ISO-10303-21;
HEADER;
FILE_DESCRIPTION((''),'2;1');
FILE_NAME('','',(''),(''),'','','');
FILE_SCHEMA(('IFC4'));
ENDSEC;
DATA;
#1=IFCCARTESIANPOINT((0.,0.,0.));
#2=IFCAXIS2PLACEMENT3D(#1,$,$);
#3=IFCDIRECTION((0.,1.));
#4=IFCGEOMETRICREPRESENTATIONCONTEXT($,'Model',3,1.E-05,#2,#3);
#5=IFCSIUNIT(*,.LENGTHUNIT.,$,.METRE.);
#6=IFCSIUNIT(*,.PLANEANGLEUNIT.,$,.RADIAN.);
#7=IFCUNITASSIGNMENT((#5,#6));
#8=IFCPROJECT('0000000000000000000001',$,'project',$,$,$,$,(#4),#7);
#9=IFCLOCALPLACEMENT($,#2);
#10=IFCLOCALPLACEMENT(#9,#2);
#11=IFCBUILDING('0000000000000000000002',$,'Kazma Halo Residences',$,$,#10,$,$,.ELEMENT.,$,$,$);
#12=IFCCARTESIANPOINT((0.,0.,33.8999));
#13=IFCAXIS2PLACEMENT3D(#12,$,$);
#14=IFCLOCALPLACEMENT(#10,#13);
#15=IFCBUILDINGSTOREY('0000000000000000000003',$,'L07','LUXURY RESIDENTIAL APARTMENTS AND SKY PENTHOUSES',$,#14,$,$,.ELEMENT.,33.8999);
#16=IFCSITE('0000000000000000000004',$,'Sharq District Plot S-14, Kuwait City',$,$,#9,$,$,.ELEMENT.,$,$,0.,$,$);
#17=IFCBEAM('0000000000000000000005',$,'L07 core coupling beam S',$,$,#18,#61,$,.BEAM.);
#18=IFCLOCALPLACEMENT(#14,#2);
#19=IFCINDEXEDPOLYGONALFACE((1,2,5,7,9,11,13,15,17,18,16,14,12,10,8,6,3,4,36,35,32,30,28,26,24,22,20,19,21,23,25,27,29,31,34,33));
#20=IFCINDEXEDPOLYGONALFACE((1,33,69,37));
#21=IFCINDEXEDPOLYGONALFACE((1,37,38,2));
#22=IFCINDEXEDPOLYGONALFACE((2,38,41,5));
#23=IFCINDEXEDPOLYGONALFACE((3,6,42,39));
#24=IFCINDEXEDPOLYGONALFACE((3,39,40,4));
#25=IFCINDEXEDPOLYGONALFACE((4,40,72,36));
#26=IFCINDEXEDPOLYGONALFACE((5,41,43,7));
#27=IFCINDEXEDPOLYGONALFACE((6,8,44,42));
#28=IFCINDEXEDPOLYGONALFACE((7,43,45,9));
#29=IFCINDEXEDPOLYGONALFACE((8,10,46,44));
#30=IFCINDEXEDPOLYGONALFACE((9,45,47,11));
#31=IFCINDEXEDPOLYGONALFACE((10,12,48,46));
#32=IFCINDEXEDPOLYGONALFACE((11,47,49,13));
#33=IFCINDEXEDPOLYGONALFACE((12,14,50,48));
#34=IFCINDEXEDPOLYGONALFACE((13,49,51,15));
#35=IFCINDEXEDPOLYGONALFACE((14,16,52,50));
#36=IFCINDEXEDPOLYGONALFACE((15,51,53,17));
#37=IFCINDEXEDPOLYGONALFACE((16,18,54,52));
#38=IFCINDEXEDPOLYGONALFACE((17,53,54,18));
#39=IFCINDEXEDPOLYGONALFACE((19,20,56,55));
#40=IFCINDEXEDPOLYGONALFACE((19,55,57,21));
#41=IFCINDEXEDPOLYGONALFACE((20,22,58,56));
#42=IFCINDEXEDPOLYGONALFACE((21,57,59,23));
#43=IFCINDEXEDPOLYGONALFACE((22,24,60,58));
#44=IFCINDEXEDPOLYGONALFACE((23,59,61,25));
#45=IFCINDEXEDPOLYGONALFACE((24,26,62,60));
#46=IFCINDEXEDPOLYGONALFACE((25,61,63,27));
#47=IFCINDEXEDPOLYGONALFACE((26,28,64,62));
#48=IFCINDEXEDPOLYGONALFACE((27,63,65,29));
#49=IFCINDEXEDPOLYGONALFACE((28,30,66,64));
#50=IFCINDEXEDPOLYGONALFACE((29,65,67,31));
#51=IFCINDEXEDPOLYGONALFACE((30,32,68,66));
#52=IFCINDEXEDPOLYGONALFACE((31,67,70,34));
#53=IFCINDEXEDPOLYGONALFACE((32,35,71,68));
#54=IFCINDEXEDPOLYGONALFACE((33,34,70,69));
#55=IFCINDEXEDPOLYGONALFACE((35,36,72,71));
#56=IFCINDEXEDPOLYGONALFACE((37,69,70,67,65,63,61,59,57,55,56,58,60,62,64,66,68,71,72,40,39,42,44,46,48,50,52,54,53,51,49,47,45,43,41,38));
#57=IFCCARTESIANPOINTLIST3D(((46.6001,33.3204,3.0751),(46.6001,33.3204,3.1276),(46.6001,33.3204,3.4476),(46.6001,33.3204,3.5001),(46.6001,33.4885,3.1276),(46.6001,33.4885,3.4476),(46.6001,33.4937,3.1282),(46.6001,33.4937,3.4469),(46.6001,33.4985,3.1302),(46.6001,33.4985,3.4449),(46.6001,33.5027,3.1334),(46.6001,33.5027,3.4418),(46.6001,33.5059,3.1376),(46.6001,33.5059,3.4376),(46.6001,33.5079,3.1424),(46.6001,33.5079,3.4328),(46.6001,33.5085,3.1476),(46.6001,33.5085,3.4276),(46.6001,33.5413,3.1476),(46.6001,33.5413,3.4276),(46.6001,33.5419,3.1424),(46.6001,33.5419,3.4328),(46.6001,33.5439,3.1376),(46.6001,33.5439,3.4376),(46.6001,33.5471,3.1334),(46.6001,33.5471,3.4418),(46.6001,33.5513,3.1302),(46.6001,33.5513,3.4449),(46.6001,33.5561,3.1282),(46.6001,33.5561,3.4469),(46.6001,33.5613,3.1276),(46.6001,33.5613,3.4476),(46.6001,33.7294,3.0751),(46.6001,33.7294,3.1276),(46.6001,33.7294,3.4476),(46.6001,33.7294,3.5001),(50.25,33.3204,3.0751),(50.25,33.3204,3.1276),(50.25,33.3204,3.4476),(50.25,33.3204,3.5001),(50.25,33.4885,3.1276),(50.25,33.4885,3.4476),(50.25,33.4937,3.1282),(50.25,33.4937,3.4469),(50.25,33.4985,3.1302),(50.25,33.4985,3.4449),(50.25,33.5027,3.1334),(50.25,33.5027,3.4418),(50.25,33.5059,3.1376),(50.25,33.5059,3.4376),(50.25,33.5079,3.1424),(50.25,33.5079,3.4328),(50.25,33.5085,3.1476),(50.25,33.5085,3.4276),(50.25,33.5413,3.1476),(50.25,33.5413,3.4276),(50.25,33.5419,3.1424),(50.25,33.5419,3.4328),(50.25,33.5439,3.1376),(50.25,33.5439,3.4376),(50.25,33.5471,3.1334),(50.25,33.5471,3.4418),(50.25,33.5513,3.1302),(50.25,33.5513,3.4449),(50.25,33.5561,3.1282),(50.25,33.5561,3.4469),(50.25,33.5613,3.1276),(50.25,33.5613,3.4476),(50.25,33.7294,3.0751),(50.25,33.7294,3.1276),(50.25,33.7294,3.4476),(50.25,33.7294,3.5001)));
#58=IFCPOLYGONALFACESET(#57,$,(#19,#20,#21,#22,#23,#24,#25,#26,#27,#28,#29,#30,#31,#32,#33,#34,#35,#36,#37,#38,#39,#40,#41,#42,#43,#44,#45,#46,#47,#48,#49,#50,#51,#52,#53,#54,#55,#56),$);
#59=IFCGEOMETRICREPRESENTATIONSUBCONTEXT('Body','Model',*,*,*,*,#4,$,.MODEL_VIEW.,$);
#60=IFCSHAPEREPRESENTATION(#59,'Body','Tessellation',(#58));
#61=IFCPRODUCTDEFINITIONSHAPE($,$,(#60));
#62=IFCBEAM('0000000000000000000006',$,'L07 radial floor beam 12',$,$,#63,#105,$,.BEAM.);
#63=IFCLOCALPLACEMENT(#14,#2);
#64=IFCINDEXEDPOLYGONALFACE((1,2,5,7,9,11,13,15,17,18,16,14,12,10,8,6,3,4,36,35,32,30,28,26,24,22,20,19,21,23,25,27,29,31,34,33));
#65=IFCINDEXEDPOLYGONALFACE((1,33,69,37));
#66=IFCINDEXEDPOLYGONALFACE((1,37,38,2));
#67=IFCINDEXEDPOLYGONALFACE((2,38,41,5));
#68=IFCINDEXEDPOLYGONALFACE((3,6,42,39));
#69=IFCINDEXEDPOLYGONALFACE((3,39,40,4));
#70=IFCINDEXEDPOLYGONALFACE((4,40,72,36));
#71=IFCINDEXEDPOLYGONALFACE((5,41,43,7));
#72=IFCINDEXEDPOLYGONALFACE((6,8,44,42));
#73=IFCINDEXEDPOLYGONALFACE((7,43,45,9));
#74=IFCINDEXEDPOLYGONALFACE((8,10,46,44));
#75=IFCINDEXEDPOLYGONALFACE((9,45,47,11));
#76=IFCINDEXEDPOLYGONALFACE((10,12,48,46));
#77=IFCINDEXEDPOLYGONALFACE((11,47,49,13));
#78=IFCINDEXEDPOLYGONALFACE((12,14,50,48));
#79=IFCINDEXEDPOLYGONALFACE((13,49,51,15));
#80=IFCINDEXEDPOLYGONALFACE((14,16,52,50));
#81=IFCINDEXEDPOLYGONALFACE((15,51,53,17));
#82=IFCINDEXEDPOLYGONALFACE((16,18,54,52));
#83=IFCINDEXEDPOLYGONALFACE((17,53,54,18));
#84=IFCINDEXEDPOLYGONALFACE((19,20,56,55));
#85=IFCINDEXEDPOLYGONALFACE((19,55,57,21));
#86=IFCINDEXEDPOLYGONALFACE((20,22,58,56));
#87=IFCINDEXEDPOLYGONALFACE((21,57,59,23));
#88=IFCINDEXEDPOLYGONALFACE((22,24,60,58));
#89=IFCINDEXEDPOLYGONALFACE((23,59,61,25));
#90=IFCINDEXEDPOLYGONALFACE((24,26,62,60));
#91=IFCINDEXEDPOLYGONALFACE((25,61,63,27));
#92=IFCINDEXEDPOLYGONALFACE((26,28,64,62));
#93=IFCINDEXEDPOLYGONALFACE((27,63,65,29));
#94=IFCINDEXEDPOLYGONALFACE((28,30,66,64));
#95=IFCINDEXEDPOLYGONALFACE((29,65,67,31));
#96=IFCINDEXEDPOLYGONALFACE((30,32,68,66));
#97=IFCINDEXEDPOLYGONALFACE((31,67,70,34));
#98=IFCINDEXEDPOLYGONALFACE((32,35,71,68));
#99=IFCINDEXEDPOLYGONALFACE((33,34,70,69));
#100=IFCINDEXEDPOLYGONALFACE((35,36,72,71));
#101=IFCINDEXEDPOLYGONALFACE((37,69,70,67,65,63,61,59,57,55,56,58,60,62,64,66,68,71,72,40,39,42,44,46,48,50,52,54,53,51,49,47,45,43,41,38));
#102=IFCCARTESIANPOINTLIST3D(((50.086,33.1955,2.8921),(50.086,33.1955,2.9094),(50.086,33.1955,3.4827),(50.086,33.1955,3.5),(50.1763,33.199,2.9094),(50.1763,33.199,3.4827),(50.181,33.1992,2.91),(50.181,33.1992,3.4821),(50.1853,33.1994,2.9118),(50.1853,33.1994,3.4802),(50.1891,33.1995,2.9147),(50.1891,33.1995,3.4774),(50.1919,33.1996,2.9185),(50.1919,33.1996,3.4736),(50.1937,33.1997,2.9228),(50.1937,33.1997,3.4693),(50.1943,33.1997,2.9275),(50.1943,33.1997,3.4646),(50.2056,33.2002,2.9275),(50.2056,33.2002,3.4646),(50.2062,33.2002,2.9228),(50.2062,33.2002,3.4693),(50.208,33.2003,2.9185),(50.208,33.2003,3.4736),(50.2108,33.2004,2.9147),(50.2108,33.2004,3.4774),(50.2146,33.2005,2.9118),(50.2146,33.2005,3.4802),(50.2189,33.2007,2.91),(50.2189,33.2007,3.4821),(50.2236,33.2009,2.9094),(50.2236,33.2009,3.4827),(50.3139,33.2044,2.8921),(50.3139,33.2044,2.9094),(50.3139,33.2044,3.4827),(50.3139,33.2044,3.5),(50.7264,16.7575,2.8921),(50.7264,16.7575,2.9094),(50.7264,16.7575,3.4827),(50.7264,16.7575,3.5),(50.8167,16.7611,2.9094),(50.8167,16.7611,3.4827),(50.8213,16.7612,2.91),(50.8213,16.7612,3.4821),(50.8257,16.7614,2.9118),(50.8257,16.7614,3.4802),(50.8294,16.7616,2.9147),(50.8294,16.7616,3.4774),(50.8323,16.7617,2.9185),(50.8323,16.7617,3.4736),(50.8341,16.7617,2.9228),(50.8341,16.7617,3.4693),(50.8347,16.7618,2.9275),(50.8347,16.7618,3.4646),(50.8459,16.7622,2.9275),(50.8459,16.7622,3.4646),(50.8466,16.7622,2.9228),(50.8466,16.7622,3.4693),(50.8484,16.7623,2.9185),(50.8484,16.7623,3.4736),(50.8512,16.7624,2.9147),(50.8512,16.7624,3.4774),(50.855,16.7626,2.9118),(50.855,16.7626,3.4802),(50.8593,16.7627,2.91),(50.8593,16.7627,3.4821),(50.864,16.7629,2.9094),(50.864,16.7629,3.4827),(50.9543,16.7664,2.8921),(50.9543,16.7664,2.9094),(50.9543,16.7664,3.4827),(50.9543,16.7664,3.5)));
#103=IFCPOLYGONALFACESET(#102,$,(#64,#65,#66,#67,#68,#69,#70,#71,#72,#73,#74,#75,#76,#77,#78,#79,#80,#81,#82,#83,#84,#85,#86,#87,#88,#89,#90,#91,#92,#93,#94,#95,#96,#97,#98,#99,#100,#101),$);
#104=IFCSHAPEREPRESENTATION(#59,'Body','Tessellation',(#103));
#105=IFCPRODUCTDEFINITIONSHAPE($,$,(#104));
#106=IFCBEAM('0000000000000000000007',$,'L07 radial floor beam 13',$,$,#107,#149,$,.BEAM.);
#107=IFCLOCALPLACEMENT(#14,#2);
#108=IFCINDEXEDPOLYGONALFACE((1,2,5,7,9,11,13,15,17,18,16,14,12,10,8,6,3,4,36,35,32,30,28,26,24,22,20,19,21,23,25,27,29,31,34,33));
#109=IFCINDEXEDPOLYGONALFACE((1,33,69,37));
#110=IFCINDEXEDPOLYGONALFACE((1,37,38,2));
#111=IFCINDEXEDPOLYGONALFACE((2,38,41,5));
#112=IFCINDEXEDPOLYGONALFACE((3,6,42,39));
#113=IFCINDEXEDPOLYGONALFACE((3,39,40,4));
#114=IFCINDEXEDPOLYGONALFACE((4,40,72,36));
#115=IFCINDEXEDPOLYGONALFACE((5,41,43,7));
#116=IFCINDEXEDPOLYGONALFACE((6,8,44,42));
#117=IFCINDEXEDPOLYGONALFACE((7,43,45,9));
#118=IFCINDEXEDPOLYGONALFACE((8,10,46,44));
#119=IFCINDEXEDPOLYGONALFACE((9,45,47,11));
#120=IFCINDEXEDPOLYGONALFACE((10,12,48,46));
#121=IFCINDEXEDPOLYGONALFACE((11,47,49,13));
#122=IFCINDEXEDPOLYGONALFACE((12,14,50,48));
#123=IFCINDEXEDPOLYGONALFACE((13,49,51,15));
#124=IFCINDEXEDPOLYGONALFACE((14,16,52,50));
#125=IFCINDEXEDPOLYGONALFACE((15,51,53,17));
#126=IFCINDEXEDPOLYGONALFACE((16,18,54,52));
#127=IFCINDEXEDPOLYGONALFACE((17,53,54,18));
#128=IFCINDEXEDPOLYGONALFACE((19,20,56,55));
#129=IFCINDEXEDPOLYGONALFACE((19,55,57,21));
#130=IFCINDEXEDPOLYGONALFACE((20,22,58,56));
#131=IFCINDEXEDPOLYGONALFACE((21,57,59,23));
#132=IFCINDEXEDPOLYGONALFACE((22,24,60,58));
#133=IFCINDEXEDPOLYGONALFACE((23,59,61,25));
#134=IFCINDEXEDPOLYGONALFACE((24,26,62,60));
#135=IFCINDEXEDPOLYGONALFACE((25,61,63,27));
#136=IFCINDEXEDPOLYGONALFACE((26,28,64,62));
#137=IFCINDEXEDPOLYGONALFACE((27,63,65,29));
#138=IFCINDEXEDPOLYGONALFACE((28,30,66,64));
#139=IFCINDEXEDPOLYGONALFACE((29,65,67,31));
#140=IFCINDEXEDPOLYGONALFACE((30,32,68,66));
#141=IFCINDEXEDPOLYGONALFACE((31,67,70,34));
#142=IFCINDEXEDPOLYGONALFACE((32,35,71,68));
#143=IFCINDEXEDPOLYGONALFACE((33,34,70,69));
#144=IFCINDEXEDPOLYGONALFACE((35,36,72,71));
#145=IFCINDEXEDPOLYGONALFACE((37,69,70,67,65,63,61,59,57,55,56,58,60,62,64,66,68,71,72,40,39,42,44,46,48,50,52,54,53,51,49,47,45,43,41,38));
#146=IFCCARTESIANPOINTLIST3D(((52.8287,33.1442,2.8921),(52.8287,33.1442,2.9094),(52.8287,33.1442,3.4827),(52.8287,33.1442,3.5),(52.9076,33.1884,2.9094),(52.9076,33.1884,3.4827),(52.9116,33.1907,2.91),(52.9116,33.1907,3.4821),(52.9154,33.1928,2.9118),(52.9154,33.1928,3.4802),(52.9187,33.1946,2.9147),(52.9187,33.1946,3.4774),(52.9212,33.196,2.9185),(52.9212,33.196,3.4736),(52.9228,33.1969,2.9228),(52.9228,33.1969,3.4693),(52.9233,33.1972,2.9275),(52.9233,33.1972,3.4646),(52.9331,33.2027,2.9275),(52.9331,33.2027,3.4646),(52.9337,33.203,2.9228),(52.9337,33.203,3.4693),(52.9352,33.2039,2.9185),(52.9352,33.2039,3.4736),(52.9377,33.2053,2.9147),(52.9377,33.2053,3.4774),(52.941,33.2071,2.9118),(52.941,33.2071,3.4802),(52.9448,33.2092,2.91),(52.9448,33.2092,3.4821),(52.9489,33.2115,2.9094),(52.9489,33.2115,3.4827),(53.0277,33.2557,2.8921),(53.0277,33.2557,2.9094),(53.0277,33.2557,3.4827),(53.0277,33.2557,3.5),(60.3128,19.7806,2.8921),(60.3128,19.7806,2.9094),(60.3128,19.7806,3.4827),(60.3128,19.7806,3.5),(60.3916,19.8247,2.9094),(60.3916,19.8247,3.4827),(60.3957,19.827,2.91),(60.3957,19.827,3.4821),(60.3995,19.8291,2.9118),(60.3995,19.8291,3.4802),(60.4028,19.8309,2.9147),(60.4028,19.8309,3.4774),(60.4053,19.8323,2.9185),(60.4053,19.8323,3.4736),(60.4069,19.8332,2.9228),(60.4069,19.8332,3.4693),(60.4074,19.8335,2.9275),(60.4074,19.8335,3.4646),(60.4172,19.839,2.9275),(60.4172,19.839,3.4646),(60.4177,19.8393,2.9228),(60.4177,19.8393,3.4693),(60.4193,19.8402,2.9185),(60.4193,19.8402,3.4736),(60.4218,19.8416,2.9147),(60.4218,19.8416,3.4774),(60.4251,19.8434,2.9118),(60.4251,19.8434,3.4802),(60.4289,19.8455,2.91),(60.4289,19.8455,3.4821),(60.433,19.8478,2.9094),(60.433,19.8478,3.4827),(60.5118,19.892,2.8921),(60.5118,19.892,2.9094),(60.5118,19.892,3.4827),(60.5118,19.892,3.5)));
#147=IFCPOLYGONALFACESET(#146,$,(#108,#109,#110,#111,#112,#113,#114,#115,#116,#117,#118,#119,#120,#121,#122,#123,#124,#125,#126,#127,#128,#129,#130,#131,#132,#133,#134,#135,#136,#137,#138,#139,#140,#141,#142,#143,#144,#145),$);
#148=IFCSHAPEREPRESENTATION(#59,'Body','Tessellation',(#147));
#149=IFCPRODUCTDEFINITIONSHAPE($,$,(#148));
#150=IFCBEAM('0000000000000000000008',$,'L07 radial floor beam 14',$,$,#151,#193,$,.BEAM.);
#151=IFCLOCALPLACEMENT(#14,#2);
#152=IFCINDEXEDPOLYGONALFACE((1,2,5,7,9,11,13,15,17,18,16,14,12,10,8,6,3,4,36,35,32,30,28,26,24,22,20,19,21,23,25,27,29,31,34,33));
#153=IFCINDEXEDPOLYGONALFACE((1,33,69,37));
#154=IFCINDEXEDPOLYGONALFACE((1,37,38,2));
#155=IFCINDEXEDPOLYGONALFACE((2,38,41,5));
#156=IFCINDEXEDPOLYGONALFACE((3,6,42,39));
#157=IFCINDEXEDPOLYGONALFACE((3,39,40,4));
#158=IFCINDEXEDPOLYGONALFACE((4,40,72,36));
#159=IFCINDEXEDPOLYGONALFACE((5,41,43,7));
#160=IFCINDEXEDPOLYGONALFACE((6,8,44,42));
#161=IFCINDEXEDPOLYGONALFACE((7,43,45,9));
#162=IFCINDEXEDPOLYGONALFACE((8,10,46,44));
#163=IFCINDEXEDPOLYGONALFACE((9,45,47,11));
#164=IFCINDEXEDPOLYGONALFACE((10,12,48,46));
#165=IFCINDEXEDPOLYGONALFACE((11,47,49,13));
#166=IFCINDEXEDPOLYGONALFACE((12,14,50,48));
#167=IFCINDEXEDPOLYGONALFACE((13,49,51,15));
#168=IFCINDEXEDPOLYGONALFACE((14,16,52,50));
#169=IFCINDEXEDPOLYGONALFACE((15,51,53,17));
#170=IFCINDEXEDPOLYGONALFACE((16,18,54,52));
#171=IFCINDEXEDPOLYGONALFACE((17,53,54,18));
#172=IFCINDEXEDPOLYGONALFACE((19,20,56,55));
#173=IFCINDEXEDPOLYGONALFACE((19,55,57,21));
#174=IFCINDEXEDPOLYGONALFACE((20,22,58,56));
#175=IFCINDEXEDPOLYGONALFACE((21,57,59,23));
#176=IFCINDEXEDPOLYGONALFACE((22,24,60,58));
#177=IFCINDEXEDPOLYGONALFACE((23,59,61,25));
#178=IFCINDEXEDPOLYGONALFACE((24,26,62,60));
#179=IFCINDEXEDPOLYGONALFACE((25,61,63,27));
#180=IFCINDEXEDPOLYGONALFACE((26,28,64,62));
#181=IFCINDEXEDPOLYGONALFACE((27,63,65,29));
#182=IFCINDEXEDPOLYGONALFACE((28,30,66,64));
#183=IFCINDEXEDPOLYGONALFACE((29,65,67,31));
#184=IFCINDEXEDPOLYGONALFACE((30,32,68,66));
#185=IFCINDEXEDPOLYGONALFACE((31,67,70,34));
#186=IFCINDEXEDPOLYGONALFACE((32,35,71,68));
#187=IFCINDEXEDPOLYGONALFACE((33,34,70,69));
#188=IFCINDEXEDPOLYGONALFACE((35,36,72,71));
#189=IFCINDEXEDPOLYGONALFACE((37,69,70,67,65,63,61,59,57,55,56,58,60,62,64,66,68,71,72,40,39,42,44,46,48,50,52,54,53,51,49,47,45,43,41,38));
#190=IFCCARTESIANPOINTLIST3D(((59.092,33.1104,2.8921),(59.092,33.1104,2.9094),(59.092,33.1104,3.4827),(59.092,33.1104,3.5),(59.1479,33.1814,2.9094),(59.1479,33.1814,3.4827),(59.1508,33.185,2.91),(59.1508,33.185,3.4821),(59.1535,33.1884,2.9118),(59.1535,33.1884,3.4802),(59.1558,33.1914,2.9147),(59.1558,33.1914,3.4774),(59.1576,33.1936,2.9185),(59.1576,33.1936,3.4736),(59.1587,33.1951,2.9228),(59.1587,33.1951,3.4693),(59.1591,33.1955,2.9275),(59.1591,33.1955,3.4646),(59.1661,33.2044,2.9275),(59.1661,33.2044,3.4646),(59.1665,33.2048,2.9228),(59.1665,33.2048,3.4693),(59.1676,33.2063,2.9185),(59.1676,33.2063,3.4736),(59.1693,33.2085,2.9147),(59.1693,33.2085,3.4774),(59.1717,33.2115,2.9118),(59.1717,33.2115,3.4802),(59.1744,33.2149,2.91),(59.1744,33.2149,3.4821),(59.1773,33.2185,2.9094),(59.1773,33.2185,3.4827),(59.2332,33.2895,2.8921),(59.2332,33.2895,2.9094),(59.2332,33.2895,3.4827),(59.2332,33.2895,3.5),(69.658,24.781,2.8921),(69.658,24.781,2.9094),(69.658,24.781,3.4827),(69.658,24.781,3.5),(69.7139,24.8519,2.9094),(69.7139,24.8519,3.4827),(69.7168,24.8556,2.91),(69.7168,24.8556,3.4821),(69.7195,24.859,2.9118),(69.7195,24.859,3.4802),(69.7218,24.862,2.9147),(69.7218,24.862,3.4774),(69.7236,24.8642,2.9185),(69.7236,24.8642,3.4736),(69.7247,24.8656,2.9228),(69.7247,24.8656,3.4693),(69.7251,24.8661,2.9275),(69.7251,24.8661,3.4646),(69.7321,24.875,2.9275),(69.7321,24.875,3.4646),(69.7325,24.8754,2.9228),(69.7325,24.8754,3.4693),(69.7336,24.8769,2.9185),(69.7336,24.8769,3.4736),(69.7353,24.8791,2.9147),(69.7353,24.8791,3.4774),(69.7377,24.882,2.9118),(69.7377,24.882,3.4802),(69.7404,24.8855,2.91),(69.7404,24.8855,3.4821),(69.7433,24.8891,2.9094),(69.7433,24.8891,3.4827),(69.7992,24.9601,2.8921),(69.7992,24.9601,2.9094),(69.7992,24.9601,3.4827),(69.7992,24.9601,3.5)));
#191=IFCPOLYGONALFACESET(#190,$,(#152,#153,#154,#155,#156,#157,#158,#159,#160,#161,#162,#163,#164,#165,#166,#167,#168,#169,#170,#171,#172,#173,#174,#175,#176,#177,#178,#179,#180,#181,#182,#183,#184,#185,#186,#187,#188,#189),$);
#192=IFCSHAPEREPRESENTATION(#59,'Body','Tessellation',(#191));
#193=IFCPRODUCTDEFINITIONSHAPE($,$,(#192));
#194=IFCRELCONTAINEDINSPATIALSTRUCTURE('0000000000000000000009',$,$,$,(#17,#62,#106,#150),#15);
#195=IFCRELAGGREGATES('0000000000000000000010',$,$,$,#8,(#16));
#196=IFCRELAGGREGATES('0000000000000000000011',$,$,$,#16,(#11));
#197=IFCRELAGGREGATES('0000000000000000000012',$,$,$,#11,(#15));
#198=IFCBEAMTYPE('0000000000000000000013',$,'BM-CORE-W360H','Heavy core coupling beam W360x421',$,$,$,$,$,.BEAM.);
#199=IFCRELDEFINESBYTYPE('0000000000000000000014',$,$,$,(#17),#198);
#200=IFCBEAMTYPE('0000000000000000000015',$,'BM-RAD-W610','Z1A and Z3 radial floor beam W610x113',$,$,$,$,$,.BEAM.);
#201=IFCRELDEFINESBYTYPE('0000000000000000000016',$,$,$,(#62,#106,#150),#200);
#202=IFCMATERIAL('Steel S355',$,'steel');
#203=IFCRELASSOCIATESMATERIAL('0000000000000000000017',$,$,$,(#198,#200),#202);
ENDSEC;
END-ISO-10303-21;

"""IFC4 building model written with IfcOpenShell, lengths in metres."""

from ifc_helpers import new_model, si_unit, direction, frame, origin, origin_2d, place, context, subcontext, project, spatial, i_section, extrude, material, material_profile, profile_set, type_object, element, save


model = new_model("IFC4")

# Units and contexts
model_context = context("Model", 3, precision=1e-05, world=origin(), true_north=direction((0.0, 1.0)))
body_context = subcontext(model_context, "Body", "Model", "MODEL_VIEW")
ifc_project = project(units=[si_unit("LENGTHUNIT", "METRE"), si_unit("PLANEANGLEUNIT", "RADIAN")], contexts=[model_context])

# Site, building, storey
site_placement = place(None, origin())
site = spatial("IfcSite", under=ifc_project, at=site_placement, Name="Sharq District Plot S-14, Kuwait City", CompositionType="ELEMENT", RefElevation=0.0)
building_placement = place(site_placement, origin())
building = spatial("IfcBuilding", under=site, at=building_placement, Name="Kazma Halo Residences", CompositionType="ELEMENT")
storey_placement = place(building_placement, frame((0.0, 0.0, 33.8999)))
storey = spatial("IfcBuildingStorey", under=building, at=storey_placement, Name="L07", Description="LUXURY RESIDENTIAL APARTMENTS AND SKY PENTHOUSES", CompositionType="ELEMENT", Elevation=33.8999)

# Beams
ifc_material_1 = material(Name="Steel S355", Category="steel")
ifc_material_profile_1 = material_profile(ifc_material_1, i_section(OverallWidth=0.4089, OverallDepth=0.425, WebThickness=0.0327, FlangeThickness=0.0525, FilletRadius=0.02, at=origin_2d()), Name="W360x421")
ifc_profile_set_1 = profile_set([ifc_material_profile_1], Name="Steel S355")
beam_type_1 = type_object("IfcBeamType", Name="BM-CORE-W360H", Description="Heavy core coupling beam W360x421", PredefinedType="BEAM", material=ifc_profile_set_1)
beam_1_placement = place(storey_placement, frame((46.6001, 33.5249, 3.2876), z_axis=(1.0, 0.0, 0.0), x_axis=(0.0, 1.0, 0.0)))
element("IfcBeam", 1, at=beam_1_placement, inside=storey, type_object=beam_type_1, Name="L07 core coupling beam S", PredefinedType="BEAM", context=body_context, shape_type="SweptSolid", body=[
    extrude(i_section(OverallWidth=0.4089, OverallDepth=0.425, WebThickness=0.0327, FlangeThickness=0.0525, FilletRadius=0.02, at=origin_2d()), origin(), (0.0, 0.0, 1.0), 3.6499),
])
ifc_material_profile_2 = material_profile(ifc_material_1, i_section(OverallWidth=0.228, OverallDepth=0.6079, WebThickness=0.0112, FlangeThickness=0.0173, FilletRadius=0.0181, at=origin_2d()), Name="W610x113")
ifc_profile_set_2 = profile_set([ifc_material_profile_2], Name="Steel S355")
beam_type_2 = type_object("IfcBeamType", Name="BM-RAD-W610", Description="Z1A and Z3 radial floor beam W610x113", PredefinedType="BEAM", material=ifc_profile_set_2)
beam_2_placement = place(storey_placement, frame((50.2, 33.2, 3.196), z_axis=(0.038928, -0.999242, 0.0), x_axis=(0.999242, 0.038928, 0.0)))
element("IfcBeam", 2, at=beam_2_placement, inside=storey, type_object=beam_type_2, Name="L07 radial floor beam 12", PredefinedType="BEAM", context=body_context, shape_type="SweptSolid", body=[
    extrude(i_section(OverallWidth=0.228, OverallDepth=0.6079, WebThickness=0.0112, FlangeThickness=0.0173, FilletRadius=0.0181, at=origin_2d()), origin(), (0.0, 0.0, 1.0), 16.4504),
])
beam_3_placement = place(storey_placement, frame((52.9282, 33.2, 3.196), z_axis=(0.488624, -0.872494, 0.0), x_axis=(0.872494, 0.488624, 0.0)))
element("IfcBeam", 3, at=beam_3_placement, inside=storey, type_object=beam_type_2, Name="L07 radial floor beam 13", PredefinedType="BEAM", context=body_context, shape_type="SweptSolid", body=[
    extrude(i_section(OverallWidth=0.228, OverallDepth=0.6079, WebThickness=0.0112, FlangeThickness=0.0173, FilletRadius=0.0181, at=origin_2d()), origin(), (0.0, 0.0, 1.0), 15.3167),
])
beam_4_placement = place(storey_placement, frame((59.1626, 33.2, 3.196), z_axis=(0.785322, -0.619087, 0.0), x_axis=(0.619087, 0.785322, 0.0)))
element("IfcBeam", 4, at=beam_4_placement, inside=storey, type_object=beam_type_2, Name="L07 radial floor beam 14", PredefinedType="BEAM", context=body_context, shape_type="SweptSolid", body=[
    extrude(i_section(OverallWidth=0.228, OverallDepth=0.6079, WebThickness=0.0112, FlangeThickness=0.0173, FilletRadius=0.0181, at=origin_2d()), origin(), (0.0, 0.0, 1.0), 13.4543),
])

save(model, "model.ifc")
